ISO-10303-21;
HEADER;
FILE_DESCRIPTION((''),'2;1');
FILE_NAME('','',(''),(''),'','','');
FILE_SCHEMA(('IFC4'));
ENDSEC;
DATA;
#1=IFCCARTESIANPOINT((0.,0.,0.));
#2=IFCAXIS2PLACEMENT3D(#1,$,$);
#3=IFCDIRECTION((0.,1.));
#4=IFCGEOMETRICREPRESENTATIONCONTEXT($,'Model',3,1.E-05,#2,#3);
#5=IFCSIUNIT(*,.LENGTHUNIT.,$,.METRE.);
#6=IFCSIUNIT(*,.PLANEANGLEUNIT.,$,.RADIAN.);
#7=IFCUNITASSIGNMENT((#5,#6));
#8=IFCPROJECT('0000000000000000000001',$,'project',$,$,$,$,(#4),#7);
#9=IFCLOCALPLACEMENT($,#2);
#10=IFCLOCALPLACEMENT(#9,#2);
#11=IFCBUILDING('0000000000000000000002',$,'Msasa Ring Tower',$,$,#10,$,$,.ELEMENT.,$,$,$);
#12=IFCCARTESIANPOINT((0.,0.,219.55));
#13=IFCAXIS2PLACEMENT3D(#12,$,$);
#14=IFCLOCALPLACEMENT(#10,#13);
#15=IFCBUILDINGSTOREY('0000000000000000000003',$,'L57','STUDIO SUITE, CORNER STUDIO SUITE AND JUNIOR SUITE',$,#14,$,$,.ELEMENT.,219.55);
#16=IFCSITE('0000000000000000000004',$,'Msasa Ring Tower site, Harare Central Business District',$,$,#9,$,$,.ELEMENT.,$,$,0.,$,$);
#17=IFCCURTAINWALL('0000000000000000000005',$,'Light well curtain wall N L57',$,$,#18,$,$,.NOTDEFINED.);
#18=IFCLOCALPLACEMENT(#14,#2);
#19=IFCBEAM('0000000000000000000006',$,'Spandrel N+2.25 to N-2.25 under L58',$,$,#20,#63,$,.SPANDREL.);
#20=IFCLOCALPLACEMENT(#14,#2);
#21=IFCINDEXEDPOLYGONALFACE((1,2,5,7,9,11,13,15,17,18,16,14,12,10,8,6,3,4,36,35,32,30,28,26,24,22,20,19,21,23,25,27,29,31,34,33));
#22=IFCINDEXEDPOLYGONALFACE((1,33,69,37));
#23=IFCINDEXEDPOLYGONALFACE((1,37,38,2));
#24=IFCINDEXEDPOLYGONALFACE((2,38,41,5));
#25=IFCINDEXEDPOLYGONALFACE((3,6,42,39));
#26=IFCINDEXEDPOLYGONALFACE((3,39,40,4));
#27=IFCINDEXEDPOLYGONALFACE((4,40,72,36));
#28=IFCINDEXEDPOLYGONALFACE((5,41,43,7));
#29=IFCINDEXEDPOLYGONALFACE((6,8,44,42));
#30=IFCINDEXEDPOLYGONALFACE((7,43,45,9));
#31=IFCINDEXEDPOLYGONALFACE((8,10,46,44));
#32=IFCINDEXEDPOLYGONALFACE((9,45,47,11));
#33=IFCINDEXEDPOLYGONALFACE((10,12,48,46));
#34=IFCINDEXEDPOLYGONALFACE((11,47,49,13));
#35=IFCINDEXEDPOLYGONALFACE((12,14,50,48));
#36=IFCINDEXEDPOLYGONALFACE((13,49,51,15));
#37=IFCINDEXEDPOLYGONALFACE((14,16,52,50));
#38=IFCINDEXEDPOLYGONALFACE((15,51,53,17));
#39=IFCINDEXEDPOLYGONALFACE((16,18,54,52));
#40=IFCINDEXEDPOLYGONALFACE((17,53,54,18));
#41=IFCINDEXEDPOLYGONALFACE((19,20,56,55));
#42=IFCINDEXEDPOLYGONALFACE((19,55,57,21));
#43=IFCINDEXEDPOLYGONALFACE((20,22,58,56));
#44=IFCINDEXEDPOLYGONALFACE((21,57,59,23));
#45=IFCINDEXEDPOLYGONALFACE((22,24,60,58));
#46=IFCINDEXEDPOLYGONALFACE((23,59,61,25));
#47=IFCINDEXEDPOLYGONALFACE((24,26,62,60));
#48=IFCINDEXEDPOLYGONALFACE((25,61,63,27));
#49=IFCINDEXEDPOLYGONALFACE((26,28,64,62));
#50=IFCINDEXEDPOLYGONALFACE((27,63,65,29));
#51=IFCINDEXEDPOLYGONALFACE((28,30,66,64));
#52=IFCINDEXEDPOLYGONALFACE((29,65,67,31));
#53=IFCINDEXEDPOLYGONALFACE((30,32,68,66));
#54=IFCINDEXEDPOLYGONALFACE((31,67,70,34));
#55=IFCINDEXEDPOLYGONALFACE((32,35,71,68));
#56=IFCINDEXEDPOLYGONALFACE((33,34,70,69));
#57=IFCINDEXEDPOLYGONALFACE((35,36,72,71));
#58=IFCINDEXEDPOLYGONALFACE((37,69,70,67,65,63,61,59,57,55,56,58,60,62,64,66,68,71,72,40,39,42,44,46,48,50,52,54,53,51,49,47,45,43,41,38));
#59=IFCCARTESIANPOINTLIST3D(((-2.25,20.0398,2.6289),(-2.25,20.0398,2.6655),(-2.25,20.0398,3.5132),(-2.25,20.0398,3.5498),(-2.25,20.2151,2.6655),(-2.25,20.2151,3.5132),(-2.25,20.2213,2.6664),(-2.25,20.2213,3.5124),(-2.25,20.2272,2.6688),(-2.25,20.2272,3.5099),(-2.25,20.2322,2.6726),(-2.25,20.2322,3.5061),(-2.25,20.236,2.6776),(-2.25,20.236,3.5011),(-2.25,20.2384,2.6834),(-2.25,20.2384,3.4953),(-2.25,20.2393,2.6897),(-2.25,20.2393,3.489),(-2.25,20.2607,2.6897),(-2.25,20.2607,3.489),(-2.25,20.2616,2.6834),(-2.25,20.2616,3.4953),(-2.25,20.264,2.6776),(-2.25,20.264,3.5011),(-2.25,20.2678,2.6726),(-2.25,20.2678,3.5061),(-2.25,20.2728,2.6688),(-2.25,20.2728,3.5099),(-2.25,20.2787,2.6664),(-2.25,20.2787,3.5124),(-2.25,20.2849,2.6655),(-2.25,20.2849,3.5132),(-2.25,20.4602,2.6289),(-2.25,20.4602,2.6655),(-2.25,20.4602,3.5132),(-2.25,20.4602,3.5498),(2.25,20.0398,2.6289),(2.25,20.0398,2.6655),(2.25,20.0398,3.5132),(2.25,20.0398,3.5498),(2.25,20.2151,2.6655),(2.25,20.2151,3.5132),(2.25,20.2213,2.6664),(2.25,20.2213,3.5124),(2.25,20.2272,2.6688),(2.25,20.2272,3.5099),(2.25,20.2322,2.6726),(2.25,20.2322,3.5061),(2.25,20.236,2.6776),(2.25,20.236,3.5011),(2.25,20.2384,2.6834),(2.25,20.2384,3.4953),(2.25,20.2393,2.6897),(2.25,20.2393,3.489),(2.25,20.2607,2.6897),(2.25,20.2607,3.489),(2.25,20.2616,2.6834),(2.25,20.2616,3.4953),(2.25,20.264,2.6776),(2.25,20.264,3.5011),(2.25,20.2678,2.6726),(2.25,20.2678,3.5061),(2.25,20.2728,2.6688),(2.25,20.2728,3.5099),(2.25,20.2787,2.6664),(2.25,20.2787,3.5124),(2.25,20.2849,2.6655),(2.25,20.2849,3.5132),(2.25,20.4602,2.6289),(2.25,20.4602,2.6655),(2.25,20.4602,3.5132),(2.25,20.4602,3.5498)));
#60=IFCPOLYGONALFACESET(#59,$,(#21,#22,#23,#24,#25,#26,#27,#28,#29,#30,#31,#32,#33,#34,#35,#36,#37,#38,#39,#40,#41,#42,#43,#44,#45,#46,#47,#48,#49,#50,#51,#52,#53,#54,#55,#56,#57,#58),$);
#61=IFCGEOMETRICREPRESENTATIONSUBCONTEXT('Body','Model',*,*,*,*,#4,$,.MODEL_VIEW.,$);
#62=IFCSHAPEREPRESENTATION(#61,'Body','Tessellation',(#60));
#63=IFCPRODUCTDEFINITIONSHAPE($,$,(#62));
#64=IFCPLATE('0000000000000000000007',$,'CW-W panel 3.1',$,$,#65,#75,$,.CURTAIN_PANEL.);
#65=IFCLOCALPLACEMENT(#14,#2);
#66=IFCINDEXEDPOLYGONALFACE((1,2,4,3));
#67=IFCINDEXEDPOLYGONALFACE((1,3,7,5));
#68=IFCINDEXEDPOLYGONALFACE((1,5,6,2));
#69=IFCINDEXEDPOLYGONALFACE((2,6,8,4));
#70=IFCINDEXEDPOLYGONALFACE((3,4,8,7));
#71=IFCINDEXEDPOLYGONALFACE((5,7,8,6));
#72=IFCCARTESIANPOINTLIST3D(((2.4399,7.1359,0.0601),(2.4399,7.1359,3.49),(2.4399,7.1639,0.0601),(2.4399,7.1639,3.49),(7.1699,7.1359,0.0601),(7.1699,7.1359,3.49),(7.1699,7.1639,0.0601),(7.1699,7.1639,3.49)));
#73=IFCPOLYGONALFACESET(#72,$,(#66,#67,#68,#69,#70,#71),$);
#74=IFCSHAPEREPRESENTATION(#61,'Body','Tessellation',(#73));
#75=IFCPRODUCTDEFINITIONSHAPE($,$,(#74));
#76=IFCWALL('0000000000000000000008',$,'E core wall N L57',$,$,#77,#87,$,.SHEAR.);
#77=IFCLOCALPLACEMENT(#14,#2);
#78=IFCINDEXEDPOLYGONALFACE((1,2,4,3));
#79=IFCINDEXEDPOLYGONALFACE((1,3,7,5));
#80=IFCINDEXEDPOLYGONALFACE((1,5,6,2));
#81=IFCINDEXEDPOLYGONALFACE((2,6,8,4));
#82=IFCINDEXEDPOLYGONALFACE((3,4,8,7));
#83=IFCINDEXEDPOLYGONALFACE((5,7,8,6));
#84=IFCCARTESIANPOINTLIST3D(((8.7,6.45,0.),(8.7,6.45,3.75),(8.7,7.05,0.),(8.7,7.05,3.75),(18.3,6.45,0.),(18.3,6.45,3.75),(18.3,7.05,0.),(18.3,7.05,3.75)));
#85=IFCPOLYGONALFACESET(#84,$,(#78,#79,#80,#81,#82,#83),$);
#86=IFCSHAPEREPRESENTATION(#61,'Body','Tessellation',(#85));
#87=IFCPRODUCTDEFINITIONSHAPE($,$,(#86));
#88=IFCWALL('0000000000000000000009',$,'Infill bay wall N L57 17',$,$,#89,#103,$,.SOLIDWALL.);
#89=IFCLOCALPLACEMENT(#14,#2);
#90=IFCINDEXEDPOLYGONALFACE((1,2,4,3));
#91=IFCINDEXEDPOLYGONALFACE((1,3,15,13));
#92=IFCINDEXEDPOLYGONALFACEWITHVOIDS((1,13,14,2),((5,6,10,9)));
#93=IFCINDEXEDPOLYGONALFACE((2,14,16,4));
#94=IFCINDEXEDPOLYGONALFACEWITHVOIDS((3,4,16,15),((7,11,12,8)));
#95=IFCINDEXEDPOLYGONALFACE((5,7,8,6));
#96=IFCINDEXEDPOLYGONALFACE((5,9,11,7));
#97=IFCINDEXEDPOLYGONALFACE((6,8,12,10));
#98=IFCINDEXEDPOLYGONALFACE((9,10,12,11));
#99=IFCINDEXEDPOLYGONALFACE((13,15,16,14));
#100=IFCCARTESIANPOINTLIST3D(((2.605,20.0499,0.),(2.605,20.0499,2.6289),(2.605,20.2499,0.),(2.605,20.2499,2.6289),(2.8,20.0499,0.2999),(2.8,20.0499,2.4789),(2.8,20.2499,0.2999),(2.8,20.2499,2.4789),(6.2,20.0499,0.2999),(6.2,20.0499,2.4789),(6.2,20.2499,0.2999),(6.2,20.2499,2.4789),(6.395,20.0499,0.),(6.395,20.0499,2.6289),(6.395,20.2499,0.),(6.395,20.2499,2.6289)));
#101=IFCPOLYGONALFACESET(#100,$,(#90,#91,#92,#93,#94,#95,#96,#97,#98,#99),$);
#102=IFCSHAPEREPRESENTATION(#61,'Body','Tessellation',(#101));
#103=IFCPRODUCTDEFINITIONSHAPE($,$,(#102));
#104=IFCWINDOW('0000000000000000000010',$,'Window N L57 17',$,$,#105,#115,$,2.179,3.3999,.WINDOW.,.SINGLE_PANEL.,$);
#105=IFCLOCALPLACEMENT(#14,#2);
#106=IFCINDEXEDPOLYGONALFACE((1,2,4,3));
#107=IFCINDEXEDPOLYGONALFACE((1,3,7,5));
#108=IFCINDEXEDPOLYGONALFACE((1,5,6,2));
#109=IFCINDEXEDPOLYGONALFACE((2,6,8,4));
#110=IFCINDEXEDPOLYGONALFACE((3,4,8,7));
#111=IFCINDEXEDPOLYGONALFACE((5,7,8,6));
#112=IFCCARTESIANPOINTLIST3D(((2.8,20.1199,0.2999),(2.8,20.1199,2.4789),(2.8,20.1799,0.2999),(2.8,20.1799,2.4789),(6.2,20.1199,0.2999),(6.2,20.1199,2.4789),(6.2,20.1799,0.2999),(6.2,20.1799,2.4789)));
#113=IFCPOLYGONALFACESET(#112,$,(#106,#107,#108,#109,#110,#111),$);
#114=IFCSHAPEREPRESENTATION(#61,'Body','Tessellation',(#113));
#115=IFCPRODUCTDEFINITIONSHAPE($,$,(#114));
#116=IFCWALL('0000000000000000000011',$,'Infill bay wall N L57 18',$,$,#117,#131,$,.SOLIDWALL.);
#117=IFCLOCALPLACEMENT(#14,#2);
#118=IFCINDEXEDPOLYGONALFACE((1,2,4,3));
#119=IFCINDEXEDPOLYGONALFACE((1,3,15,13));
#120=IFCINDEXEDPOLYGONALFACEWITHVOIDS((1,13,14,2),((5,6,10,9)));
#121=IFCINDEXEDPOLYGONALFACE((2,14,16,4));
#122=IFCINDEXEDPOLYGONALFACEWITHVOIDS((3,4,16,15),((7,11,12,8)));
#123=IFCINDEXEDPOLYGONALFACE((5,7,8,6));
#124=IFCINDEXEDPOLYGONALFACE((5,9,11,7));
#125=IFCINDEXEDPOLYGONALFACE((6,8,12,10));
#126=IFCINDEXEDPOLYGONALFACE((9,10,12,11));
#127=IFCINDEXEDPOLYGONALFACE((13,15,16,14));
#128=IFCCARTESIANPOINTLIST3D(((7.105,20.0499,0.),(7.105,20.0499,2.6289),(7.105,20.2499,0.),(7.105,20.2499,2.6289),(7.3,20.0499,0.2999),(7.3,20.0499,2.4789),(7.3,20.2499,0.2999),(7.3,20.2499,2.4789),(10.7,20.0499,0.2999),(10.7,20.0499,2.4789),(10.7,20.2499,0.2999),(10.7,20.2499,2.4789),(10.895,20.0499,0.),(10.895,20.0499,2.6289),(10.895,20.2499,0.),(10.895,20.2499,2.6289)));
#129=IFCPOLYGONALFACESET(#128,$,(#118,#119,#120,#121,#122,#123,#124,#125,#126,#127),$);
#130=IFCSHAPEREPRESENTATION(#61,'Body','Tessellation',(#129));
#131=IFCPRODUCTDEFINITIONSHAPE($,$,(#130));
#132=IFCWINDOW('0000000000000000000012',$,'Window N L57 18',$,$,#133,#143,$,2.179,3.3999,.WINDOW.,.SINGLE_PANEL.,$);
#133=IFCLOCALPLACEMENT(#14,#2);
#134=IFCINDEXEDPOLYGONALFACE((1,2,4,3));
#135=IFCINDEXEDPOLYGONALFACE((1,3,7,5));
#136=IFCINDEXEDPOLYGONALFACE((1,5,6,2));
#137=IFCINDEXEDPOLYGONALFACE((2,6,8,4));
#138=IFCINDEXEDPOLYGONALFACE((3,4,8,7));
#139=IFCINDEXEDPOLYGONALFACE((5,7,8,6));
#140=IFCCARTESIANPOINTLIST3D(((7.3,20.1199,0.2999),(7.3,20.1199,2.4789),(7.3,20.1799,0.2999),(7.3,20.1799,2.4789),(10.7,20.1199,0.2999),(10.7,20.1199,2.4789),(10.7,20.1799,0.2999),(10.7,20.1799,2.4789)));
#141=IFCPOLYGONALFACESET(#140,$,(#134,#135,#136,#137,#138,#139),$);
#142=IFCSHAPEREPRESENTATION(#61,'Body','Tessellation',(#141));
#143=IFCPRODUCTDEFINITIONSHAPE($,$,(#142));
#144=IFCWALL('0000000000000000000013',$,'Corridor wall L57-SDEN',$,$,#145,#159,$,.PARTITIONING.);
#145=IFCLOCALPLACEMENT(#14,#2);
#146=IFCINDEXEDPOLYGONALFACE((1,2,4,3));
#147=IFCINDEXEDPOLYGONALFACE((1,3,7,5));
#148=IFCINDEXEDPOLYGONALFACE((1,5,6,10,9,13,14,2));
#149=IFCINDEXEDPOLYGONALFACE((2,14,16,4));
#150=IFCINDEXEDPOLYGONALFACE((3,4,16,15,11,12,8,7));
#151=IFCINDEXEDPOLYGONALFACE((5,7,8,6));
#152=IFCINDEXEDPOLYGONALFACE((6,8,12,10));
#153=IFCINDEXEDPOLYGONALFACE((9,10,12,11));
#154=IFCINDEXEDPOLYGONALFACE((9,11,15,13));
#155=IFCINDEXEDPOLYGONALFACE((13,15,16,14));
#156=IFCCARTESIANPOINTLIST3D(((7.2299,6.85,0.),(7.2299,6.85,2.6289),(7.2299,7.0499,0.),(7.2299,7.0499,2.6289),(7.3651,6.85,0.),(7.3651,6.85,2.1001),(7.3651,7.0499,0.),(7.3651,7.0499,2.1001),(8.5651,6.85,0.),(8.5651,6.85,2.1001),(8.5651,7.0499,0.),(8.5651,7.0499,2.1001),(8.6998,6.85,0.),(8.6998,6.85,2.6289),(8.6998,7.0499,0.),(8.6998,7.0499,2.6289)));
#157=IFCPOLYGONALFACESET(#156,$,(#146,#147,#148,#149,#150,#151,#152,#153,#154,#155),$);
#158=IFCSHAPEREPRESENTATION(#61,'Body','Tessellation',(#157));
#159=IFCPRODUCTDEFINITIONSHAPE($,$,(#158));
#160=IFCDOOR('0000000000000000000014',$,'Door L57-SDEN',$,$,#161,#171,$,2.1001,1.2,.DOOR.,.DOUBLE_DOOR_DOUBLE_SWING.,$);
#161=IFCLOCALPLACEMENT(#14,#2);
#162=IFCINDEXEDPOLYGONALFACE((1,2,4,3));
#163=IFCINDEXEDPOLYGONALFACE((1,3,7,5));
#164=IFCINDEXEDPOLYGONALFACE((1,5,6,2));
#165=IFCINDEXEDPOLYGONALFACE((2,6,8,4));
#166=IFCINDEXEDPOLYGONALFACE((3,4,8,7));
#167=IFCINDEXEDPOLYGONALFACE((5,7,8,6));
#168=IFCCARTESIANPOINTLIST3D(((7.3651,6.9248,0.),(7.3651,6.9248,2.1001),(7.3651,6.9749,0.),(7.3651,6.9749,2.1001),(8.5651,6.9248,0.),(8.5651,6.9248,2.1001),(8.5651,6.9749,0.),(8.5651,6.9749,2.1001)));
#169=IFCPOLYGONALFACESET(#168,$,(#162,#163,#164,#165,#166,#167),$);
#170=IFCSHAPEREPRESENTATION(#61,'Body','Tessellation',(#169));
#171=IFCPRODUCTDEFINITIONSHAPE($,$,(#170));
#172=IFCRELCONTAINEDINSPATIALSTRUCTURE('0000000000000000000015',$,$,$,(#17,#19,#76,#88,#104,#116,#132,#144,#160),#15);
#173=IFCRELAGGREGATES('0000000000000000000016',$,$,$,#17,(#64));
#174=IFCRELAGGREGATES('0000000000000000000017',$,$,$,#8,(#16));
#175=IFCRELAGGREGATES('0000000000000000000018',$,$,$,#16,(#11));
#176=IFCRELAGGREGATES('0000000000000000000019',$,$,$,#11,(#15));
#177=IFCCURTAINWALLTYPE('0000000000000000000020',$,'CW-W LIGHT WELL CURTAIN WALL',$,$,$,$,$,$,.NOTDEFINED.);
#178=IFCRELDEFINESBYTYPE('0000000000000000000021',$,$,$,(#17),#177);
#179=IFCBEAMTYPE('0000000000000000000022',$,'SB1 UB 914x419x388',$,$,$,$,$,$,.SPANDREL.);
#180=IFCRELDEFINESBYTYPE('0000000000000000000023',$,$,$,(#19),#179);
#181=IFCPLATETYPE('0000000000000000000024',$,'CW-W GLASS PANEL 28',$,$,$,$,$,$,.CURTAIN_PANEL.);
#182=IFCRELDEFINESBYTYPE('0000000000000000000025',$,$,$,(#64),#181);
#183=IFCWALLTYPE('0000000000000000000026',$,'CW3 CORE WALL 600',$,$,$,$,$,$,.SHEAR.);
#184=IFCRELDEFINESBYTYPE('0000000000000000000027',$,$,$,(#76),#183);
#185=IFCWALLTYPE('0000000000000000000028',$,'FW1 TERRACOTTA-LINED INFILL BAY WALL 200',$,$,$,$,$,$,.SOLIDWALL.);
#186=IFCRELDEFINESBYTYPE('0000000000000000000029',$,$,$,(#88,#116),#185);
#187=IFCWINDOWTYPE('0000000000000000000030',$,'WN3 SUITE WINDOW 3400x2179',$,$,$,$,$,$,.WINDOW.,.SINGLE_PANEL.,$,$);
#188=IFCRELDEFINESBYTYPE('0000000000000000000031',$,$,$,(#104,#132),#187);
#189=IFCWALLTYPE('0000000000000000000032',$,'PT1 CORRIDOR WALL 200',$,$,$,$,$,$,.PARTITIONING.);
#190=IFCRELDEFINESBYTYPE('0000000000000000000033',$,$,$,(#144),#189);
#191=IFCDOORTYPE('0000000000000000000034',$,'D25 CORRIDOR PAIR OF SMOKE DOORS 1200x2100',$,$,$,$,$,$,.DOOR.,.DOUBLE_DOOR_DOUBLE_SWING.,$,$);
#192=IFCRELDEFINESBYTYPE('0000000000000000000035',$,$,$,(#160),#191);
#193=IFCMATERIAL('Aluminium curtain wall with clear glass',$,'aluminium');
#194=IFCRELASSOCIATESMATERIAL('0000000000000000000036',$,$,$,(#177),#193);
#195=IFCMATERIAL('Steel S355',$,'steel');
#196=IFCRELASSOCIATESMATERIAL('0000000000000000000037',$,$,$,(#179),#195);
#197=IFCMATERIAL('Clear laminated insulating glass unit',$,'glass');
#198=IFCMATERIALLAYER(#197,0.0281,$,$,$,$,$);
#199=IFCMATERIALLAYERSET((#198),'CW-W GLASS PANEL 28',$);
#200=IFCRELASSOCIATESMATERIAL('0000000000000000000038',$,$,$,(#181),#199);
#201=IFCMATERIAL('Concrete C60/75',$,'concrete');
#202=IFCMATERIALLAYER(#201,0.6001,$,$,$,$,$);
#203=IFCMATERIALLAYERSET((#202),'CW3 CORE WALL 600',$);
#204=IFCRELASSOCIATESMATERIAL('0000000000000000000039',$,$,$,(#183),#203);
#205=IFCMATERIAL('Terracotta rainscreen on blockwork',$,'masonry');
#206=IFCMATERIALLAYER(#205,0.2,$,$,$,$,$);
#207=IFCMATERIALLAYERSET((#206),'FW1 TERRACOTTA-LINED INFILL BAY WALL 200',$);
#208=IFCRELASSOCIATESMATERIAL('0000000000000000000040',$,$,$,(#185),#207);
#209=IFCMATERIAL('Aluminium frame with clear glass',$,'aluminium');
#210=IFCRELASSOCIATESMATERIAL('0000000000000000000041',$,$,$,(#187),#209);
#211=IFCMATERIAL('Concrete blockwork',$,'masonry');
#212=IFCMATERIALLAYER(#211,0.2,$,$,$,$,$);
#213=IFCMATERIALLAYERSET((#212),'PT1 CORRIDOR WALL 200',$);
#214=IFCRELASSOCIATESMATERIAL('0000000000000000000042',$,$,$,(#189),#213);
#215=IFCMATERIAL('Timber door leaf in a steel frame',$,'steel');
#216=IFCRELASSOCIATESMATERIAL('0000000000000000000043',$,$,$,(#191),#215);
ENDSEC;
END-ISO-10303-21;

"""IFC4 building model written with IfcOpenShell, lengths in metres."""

from ifc_helpers import new_model, si_unit, direction, frame, frame_2d, origin, origin_2d, place, context, subcontext, project, spatial, rectangle, i_section, extrude, material, layer, layer_set, material_profile, profile_set, type_object, element, fill, aggregate, save


model = new_model("IFC4")

# Units and contexts
model_context = context("Model", 3, precision=1e-05, world=origin(), true_north=direction((0.0, 1.0)))
body_context = subcontext(model_context, "Body", "Model", "MODEL_VIEW")
ifc_project = project(units=[si_unit("LENGTHUNIT", "METRE"), si_unit("PLANEANGLEUNIT", "RADIAN")], contexts=[model_context])

# Site, building, storey
site_placement = place(None, origin())
site = spatial("IfcSite", under=ifc_project, at=site_placement, Name="Msasa Ring Tower site, Harare Central Business District", CompositionType="ELEMENT", RefElevation=0.0)
building_placement = place(site_placement, origin())
building = spatial("IfcBuilding", under=site, at=building_placement, Name="Msasa Ring Tower", CompositionType="ELEMENT")
storey_placement = place(building_placement, frame((0.0, 0.0, 219.55)))
storey = spatial("IfcBuildingStorey", under=building, at=storey_placement, Name="L57", Description="STUDIO SUITE, CORNER STUDIO SUITE AND JUNIOR SUITE", CompositionType="ELEMENT", Elevation=219.55)

# Curtain wall
ifc_material_1 = material(Name="Aluminium curtain wall with clear glass", Category="aluminium")
curtain_wall_type = type_object("IfcCurtainWallType", Name="CW-W LIGHT WELL CURTAIN WALL", PredefinedType="NOTDEFINED", material=ifc_material_1)
curtain_wall_1_placement = place(storey_placement, origin())
curtain_wall_1 = element("IfcCurtainWall", 1, at=curtain_wall_1_placement, inside=storey, type_object=curtain_wall_type, Name="Light well curtain wall N L57", PredefinedType="NOTDEFINED")

# Beam
ifc_material_2 = material(Name="Steel S355", Category="steel")
ifc_material_profile_1 = material_profile(ifc_material_2, i_section(OverallWidth=0.4204, OverallDepth=0.9209, WebThickness=0.0215, FlangeThickness=0.0366, FilletRadius=0.0242, at=origin_2d()), Name="UB 914x419x388")
ifc_profile_set_1 = profile_set([ifc_material_profile_1], Name="Steel S355")
beam_type_1 = type_object("IfcBeamType", Name="SB1 UB 914x419x388", PredefinedType="SPANDREL", material=ifc_profile_set_1)
for number, where, z_axis, x_axis, name in (
    (2, (2.25, 20.25, 3.0894), (-1.0, 0.0, 0.0), (0.0, -1.0, 0.0), "Spandrel N+2.25 to N-2.25 under L58"),
):
    element("IfcBeam", number, at=place(storey_placement, frame(where, z_axis=z_axis, x_axis=x_axis)), inside=storey, type_object=beam_type_1, Name=name, PredefinedType="SPANDREL", context=body_context, shape_type="SweptSolid", body=[
        extrude(i_section(OverallWidth=0.4204, OverallDepth=0.9209, WebThickness=0.0215, FlangeThickness=0.0366, FilletRadius=0.0242, at=origin_2d()), origin(), (0.0, 0.0, 1.0), 4.5),
    ])

# Plate
ifc_material_3 = material(Name="Clear laminated insulating glass unit", Category="glass")
ifc_layer_1 = layer(ifc_material_3, 0.0281)
ifc_layer_set_1 = layer_set([ifc_layer_1], Name="CW-W GLASS PANEL 28")
plate_type = type_object("IfcPlateType", Name="CW-W GLASS PANEL 28", PredefinedType="CURTAIN_PANEL", material=ifc_layer_set_1)
plate_placement = place(storey_placement, frame((4.8049, 7.1499, 0.0601), z_axis=(0.0, 0.0, 1.0), x_axis=(1.0, 0.0, 0.0)))
plate = element("IfcPlate", 3, at=plate_placement, type_object=plate_type, Name="CW-W panel 3.1", PredefinedType="CURTAIN_PANEL", context=body_context, shape_type="SweptSolid", body=[
    extrude(rectangle(XDim=4.73, YDim=0.0281, at=origin_2d()), origin(), (0.0, 0.0, 1.0), 3.4299),
])
aggregate(curtain_wall_1, [plate])

# Wall
ifc_material_4 = material(Name="Concrete C60/75", Category="concrete")
ifc_layer_2 = layer(ifc_material_4, 0.6001)
ifc_layer_set_2 = layer_set([ifc_layer_2], Name="CW3 CORE WALL 600")
wall_type_1 = type_object("IfcWallType", Name="CW3 CORE WALL 600", PredefinedType="SHEAR", material=ifc_layer_set_2)
wall_1_placement = place(storey_placement, frame((8.7, 6.75, 0.0), z_axis=(0.0, 0.0, 1.0), x_axis=(1.0, 0.0, 0.0)))
element("IfcWall", 4, at=wall_1_placement, inside=storey, type_object=wall_type_1, Name="E core wall N L57", PredefinedType="SHEAR", context=body_context, shape_type="SweptSolid", body=[
    extrude(rectangle(XDim=9.6001, YDim=0.6001, at=frame_2d((4.8, 0.0))), origin(), (0.0, 0.0, 1.0), 3.75),
])

# Walls, openings, windows
ifc_material_5 = material(Name="Terracotta rainscreen on blockwork", Category="masonry")
ifc_layer_3 = layer(ifc_material_5, 0.2)
ifc_layer_set_3 = layer_set([ifc_layer_3], Name="FW1 TERRACOTTA-LINED INFILL BAY WALL 200")
wall_type_2 = type_object("IfcWallType", Name="FW1 TERRACOTTA-LINED INFILL BAY WALL 200", PredefinedType="SOLIDWALL", material=ifc_layer_set_3)
wall_2_placement = place(storey_placement, frame((2.605, 20.1499, 0.0), z_axis=(0.0, 0.0, 1.0), x_axis=(1.0, 0.0, 0.0)))
wall_2 = element("IfcWall", 5, at=wall_2_placement, inside=storey, type_object=wall_type_2, Name="Infill bay wall N L57 17", PredefinedType="SOLIDWALL", context=body_context, shape_type="SweptSolid", body=[
    extrude(rectangle(XDim=3.79, YDim=0.2, at=frame_2d((1.895, 0.0))), origin(), (0.0, 0.0, 1.0), 2.6289),
])
opening_1_placement = place(wall_2_placement, frame((0.1951, 0.0, 0.3)))
opening_1 = element("IfcOpeningElement", 6, at=opening_1_placement, cuts=wall_2, PredefinedType="OPENING", context=body_context, shape_type="SweptSolid", body=[
    extrude(rectangle(XDim=3.3999, YDim=2.179, at=frame_2d((1.7, 1.0894))), frame((0.0, 0.1099, 0.0), z_axis=(0.0, -1.0, 0.0), x_axis=(1.0, 0.0, 0.0)), (0.0, 0.0, 1.0), 0.22),
])
ifc_material_6 = material(Name="Aluminium frame with clear glass", Category="aluminium")
window_type = type_object("IfcWindowType", Name="WN3 SUITE WINDOW 3400x2179", PartitioningType="SINGLE_PANEL", PredefinedType="WINDOW", material=ifc_material_6)
window_1_placement = place(opening_1_placement, origin())
window_1 = element("IfcWindow", 7, at=window_1_placement, inside=storey, type_object=window_type, Name="Window N L57 17", OverallHeight=2.179, OverallWidth=3.3999, PartitioningType="SINGLE_PANEL", PredefinedType="WINDOW", context=body_context, shape_type="SweptSolid", body=[
    extrude(rectangle(XDim=3.3999, YDim=2.179, at=frame_2d((1.7, 1.0894))), frame((0.0, 0.03, 0.0), z_axis=(0.0, -1.0, 0.0), x_axis=(1.0, 0.0, 0.0)), (0.0, 0.0, 1.0), 0.0601),
])
fill(opening_1, window_1)
wall_3_placement = place(storey_placement, frame((7.105, 20.1499, 0.0), z_axis=(0.0, 0.0, 1.0), x_axis=(1.0, 0.0, 0.0)))
wall_3 = element("IfcWall", 8, at=wall_3_placement, inside=storey, type_object=wall_type_2, Name="Infill bay wall N L57 18", PredefinedType="SOLIDWALL", context=body_context, shape_type="SweptSolid", body=[
    extrude(rectangle(XDim=3.79, YDim=0.2, at=frame_2d((1.895, 0.0))), origin(), (0.0, 0.0, 1.0), 2.6289),
])
opening_2_placement = place(wall_3_placement, frame((0.1951, 0.0, 0.3)))
opening_2 = element("IfcOpeningElement", 9, at=opening_2_placement, cuts=wall_3, PredefinedType="OPENING", context=body_context, shape_type="SweptSolid", body=[
    extrude(rectangle(XDim=3.3999, YDim=2.179, at=frame_2d((1.7, 1.0894))), frame((0.0, 0.1099, 0.0), z_axis=(0.0, -1.0, 0.0), x_axis=(1.0, 0.0, 0.0)), (0.0, 0.0, 1.0), 0.22),
])
window_2_placement = place(opening_2_placement, origin())
window_2 = element("IfcWindow", 10, at=window_2_placement, inside=storey, type_object=window_type, Name="Window N L57 18", OverallHeight=2.179, OverallWidth=3.3999, PartitioningType="SINGLE_PANEL", PredefinedType="WINDOW", context=body_context, shape_type="SweptSolid", body=[
    extrude(rectangle(XDim=3.3999, YDim=2.179, at=frame_2d((1.7, 1.0894))), frame((0.0, 0.03, 0.0), z_axis=(0.0, -1.0, 0.0), x_axis=(1.0, 0.0, 0.0)), (0.0, 0.0, 1.0), 0.0601),
])
fill(opening_2, window_2)

# Wall, opening, door
ifc_material_7 = material(Name="Concrete blockwork", Category="masonry")
ifc_layer_4 = layer(ifc_material_7, 0.2)
ifc_layer_set_4 = layer_set([ifc_layer_4], Name="PT1 CORRIDOR WALL 200")
wall_type_3 = type_object("IfcWallType", Name="PT1 CORRIDOR WALL 200", PredefinedType="PARTITIONING", material=ifc_layer_set_4)
wall_4_placement = place(storey_placement, frame((7.23, 6.95, 0.0), z_axis=(0.0, 0.0, 1.0), x_axis=(1.0, 0.0, 0.0)))
wall_4 = element("IfcWall", 11, at=wall_4_placement, inside=storey, type_object=wall_type_3, Name="Corridor wall L57-SDEN", PredefinedType="PARTITIONING", context=body_context, shape_type="SweptSolid", body=[
    extrude(rectangle(XDim=1.47, YDim=0.2, at=frame_2d((0.7349, 0.0))), origin(), (0.0, 0.0, 1.0), 2.6289),
])
opening_3_placement = place(wall_4_placement, frame((0.135, 0.0, 0.0)))
opening_3 = element("IfcOpeningElement", 12, at=opening_3_placement, cuts=wall_4, PredefinedType="OPENING", context=body_context, shape_type="SweptSolid", body=[
    extrude(rectangle(XDim=1.2, YDim=2.1001, at=frame_2d((0.6001, 1.05))), frame((0.0, 0.1099, 0.0), z_axis=(0.0, -1.0, 0.0), x_axis=(1.0, 0.0, 0.0)), (0.0, 0.0, 1.0), 0.22),
])
ifc_material_8 = material(Name="Timber door leaf in a steel frame", Category="steel")
door_type_1 = type_object("IfcDoorType", Name="D25 CORRIDOR PAIR OF SMOKE DOORS 1200x2100", OperationType="DOUBLE_DOOR_DOUBLE_SWING", PredefinedType="DOOR", material=ifc_material_8)
door_1_placement = place(opening_3_placement, origin())
door_1 = element("IfcDoor", 13, at=door_1_placement, inside=storey, type_object=door_type_1, Name="Door L57-SDEN", OperationType="DOUBLE_DOOR_DOUBLE_SWING", OverallHeight=2.1001, OverallWidth=1.2, PredefinedType="DOOR", context=body_context, shape_type="SweptSolid", body=[
    extrude(rectangle(XDim=1.2, YDim=2.1001, at=frame_2d((0.6001, 1.05))), frame((0.0, 0.0249, 0.0), z_axis=(0.0, -1.0, 0.0), x_axis=(1.0, 0.0, 0.0)), (0.0, 0.0, 1.0), 0.05),
])
fill(opening_3, door_1)

save(model, "model.ifc")
